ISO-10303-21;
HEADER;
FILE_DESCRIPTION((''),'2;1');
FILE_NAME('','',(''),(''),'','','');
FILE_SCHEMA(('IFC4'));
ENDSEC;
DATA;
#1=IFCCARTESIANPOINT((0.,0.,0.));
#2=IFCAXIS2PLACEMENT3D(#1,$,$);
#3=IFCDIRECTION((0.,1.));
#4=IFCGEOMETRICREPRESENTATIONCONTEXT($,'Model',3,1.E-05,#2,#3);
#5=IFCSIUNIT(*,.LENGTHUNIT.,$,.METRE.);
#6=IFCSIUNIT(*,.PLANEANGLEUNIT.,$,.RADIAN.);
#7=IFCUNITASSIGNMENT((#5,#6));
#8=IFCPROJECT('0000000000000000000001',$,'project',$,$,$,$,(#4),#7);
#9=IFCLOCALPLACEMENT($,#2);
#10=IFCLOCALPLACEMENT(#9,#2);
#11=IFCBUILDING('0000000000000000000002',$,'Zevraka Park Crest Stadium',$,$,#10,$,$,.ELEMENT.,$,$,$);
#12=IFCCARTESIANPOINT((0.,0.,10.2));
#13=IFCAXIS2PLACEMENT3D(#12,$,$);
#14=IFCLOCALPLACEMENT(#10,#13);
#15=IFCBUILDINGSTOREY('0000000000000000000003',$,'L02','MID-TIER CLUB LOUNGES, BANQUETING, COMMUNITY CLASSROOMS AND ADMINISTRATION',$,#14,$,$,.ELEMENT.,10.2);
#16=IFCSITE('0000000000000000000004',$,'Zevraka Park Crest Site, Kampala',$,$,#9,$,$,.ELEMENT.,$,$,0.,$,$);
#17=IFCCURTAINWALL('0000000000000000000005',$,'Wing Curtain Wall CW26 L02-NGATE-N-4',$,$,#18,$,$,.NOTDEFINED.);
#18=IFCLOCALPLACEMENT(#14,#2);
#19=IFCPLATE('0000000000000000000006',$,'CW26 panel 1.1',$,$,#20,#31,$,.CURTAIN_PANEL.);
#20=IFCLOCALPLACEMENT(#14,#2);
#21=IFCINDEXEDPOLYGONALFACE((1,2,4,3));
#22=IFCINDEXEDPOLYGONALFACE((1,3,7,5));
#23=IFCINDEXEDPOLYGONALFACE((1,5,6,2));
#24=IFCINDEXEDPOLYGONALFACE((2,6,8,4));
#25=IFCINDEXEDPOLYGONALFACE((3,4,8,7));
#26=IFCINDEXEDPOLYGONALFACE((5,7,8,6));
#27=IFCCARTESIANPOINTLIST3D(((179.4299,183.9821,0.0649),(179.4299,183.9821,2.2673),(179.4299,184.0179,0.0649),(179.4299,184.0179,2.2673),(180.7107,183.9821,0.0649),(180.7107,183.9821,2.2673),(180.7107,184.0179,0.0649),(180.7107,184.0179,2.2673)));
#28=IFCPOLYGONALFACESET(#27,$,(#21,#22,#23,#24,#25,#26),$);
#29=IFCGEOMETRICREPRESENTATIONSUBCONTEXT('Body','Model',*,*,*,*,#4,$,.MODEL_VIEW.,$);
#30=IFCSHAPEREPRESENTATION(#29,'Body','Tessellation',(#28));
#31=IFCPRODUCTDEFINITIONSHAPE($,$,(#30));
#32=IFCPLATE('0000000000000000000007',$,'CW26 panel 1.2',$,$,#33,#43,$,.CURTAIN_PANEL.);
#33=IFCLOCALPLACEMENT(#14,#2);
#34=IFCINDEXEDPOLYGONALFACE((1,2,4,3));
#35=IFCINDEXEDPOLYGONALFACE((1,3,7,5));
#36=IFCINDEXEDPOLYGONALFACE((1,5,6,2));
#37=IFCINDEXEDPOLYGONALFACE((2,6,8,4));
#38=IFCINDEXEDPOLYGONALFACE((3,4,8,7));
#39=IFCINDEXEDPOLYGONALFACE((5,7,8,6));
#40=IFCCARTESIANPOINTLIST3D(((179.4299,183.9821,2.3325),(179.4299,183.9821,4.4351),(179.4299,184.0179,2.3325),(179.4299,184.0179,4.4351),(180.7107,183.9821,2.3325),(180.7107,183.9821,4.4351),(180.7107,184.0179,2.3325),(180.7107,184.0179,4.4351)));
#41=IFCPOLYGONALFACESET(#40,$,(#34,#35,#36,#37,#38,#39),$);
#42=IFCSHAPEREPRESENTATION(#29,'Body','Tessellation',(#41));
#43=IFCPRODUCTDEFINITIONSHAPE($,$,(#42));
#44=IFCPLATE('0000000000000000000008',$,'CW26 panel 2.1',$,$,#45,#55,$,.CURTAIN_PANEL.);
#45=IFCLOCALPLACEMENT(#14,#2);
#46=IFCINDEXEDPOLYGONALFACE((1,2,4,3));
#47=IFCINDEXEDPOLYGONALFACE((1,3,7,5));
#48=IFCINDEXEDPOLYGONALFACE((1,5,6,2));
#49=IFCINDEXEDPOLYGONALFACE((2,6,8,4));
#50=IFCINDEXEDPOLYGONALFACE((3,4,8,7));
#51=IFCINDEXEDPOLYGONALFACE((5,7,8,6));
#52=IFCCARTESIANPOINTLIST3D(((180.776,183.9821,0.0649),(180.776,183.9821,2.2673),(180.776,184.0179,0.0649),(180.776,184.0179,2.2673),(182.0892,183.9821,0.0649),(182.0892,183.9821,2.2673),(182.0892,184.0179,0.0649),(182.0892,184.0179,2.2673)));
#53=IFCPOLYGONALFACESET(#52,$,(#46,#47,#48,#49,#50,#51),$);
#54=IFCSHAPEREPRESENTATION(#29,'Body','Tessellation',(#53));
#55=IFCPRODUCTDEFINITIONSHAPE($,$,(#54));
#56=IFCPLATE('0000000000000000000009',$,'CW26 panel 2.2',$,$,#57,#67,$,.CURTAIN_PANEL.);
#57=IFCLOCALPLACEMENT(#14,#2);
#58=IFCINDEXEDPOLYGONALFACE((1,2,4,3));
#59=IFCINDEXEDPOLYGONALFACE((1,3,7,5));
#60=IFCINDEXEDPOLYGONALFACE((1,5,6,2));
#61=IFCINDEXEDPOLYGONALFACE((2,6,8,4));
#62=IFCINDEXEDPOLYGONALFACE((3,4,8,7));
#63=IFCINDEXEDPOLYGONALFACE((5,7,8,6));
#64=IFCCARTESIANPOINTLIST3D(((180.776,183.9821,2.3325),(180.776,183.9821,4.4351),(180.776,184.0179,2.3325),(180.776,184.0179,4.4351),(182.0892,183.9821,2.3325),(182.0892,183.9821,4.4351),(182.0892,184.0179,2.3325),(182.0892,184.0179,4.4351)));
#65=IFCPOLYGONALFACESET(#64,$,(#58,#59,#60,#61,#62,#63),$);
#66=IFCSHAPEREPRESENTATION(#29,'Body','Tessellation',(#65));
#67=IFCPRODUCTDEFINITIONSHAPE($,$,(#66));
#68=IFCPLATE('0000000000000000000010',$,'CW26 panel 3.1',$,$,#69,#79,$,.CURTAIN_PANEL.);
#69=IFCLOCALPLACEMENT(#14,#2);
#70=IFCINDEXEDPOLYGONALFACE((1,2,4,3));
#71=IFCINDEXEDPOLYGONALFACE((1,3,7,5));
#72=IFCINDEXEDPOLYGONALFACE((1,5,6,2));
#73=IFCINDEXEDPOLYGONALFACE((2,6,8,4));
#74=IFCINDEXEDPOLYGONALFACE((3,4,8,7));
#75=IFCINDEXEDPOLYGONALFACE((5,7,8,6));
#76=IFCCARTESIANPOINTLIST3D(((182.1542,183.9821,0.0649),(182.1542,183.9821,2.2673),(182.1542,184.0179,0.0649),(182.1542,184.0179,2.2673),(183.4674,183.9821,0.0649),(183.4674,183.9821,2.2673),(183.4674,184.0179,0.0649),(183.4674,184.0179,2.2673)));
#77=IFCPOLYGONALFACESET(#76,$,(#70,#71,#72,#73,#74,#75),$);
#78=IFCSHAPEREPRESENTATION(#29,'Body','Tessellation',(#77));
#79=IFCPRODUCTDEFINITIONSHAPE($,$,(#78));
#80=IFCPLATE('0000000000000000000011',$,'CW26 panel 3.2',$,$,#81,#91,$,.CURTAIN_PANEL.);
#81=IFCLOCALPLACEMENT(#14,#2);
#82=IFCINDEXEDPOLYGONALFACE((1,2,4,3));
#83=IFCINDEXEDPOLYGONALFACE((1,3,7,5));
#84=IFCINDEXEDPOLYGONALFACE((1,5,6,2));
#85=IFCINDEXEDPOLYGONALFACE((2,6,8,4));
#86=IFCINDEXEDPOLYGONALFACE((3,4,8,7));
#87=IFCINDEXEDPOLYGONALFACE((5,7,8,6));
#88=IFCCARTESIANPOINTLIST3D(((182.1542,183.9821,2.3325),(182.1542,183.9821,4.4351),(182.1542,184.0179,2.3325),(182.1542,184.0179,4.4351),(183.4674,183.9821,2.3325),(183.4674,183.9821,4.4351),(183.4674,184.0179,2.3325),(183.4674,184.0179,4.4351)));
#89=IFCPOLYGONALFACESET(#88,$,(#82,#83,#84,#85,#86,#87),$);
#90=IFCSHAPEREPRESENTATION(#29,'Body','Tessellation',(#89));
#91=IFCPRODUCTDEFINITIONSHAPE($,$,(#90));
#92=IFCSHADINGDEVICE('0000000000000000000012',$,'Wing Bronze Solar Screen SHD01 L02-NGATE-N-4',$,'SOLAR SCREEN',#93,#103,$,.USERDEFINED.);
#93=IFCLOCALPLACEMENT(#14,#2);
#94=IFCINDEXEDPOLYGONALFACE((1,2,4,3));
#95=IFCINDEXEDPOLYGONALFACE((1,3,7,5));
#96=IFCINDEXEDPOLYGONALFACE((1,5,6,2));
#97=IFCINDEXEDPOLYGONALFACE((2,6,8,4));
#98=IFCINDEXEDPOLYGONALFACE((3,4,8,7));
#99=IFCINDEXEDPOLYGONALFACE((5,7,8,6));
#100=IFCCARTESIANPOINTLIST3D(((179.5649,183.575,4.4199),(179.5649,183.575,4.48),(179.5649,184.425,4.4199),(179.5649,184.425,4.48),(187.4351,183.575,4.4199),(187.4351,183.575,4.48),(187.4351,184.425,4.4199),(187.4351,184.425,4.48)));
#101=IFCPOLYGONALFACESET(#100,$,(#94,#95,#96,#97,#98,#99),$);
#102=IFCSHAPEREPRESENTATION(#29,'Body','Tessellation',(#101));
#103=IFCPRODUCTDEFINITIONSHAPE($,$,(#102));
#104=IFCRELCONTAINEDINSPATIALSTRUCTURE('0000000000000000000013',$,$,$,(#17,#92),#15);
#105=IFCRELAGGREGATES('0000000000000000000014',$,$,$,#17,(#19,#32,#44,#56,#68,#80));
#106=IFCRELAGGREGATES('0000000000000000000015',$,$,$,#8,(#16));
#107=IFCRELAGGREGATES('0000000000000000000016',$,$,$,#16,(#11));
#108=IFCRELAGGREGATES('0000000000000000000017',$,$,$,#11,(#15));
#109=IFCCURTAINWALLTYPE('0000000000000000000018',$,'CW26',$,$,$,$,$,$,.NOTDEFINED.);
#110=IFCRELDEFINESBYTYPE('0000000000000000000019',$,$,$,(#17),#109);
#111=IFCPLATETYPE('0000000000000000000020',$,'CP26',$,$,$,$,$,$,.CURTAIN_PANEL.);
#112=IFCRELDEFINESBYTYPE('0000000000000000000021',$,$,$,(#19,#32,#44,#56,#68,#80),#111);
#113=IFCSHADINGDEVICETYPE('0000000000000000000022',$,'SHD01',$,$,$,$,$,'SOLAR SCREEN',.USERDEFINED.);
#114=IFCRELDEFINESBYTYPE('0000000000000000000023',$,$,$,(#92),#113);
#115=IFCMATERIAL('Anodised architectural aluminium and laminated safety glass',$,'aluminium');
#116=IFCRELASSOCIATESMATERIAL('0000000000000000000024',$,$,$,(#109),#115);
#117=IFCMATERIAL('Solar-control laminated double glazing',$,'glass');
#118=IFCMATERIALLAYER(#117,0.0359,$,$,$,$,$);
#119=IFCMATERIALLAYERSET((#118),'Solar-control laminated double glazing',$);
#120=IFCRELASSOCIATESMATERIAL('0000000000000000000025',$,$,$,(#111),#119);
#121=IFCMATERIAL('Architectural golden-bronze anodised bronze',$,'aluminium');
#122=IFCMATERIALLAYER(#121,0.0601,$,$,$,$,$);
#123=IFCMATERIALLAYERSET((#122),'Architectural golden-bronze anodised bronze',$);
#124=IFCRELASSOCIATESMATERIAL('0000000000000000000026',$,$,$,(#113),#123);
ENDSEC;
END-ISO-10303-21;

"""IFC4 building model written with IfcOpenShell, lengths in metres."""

from ifc_helpers import new_model, si_unit, direction, frame, origin, origin_2d, place, context, subcontext, project, spatial, rectangle, extrude, material, layer, layer_set, type_object, element, aggregate, save


model = new_model("IFC4")

# Units and contexts
model_context = context("Model", 3, precision=1e-05, world=origin(), true_north=direction((0.0, 1.0)))
body_context = subcontext(model_context, "Body", "Model", "MODEL_VIEW")
ifc_project = project(units=[si_unit("LENGTHUNIT", "METRE"), si_unit("PLANEANGLEUNIT", "RADIAN")], contexts=[model_context])

# Site, building, storey
site_placement = place(None, origin())
site = spatial("IfcSite", under=ifc_project, at=site_placement, Name="Zevraka Park Crest Site, Kampala", CompositionType="ELEMENT", RefElevation=0.0)
building_placement = place(site_placement, origin())
building = spatial("IfcBuilding", under=site, at=building_placement, Name="Zevraka Park Crest Stadium", CompositionType="ELEMENT")
storey_placement = place(building_placement, frame((0.0, 0.0, 10.2)))
storey = spatial("IfcBuildingStorey", under=building, at=storey_placement, Name="L02", Description="MID-TIER CLUB LOUNGES, BANQUETING, COMMUNITY CLASSROOMS AND ADMINISTRATION", CompositionType="ELEMENT", Elevation=10.2)

# Curtain wall, plates
ifc_material_1 = material(Name="Anodised architectural aluminium and laminated safety glass", Category="aluminium")
curtain_wall_type = type_object("IfcCurtainWallType", Name="CW26", PredefinedType="NOTDEFINED", material=ifc_material_1)
curtain_wall_placement = place(storey_placement, origin())
curtain_wall = element("IfcCurtainWall", 1, at=curtain_wall_placement, inside=storey, type_object=curtain_wall_type, Name="Wing Curtain Wall CW26 L02-NGATE-N-4", PredefinedType="NOTDEFINED")
ifc_material_2 = material(Name="Solar-control laminated double glazing", Category="glass")
ifc_layer_1 = layer(ifc_material_2, 0.0359)
ifc_layer_set_1 = layer_set([ifc_layer_1], Name="Solar-control laminated double glazing")
plate_type = type_object("IfcPlateType", Name="CP26", PredefinedType="CURTAIN_PANEL", material=ifc_layer_set_1)
plate_1_placement = place(storey_placement, frame((180.0703, 184.0, 0.0649), z_axis=(0.0, 0.0, 1.0), x_axis=(1.0, 0.0, 0.0)))
plate_1 = element("IfcPlate", 2, at=plate_1_placement, type_object=plate_type, Name="CW26 panel 1.1", PredefinedType="CURTAIN_PANEL", context=body_context, shape_type="SweptSolid", body=[
    extrude(rectangle(XDim=1.2808, YDim=0.0359, at=origin_2d()), origin(), (0.0, 0.0, 1.0), 2.2024),
])
plate_2_placement = place(storey_placement, frame((180.0703, 184.0, 2.3325), z_axis=(0.0, 0.0, 1.0), x_axis=(1.0, 0.0, 0.0)))
plate_2 = element("IfcPlate", 3, at=plate_2_placement, type_object=plate_type, Name="CW26 panel 1.2", PredefinedType="CURTAIN_PANEL", context=body_context, shape_type="SweptSolid", body=[
    extrude(rectangle(XDim=1.2808, YDim=0.0359, at=origin_2d()), origin(), (0.0, 0.0, 1.0), 2.1025),
])
plate_3_placement = place(storey_placement, frame((181.4326, 184.0, 0.0649), z_axis=(0.0, 0.0, 1.0), x_axis=(1.0, 0.0, 0.0)))
plate_3 = element("IfcPlate", 4, at=plate_3_placement, type_object=plate_type, Name="CW26 panel 2.1", PredefinedType="CURTAIN_PANEL", context=body_context, shape_type="SweptSolid", body=[
    extrude(rectangle(XDim=1.3132, YDim=0.0359, at=origin_2d()), origin(), (0.0, 0.0, 1.0), 2.2024),
])
plate_4_placement = place(storey_placement, frame((181.4326, 184.0, 2.3325), z_axis=(0.0, 0.0, 1.0), x_axis=(1.0, 0.0, 0.0)))
plate_4 = element("IfcPlate", 5, at=plate_4_placement, type_object=plate_type, Name="CW26 panel 2.2", PredefinedType="CURTAIN_PANEL", context=body_context, shape_type="SweptSolid", body=[
    extrude(rectangle(XDim=1.3132, YDim=0.0359, at=origin_2d()), origin(), (0.0, 0.0, 1.0), 2.1025),
])
plate_5_placement = place(storey_placement, frame((182.8108, 184.0, 0.0649), z_axis=(0.0, 0.0, 1.0), x_axis=(1.0, 0.0, 0.0)))
plate_5 = element("IfcPlate", 6, at=plate_5_placement, type_object=plate_type, Name="CW26 panel 3.1", PredefinedType="CURTAIN_PANEL", context=body_context, shape_type="SweptSolid", body=[
    extrude(rectangle(XDim=1.3132, YDim=0.0359, at=origin_2d()), origin(), (0.0, 0.0, 1.0), 2.2024),
])
plate_6_placement = place(storey_placement, frame((182.8108, 184.0, 2.3325), z_axis=(0.0, 0.0, 1.0), x_axis=(1.0, 0.0, 0.0)))
plate_6 = element("IfcPlate", 7, at=plate_6_placement, type_object=plate_type, Name="CW26 panel 3.2", PredefinedType="CURTAIN_PANEL", context=body_context, shape_type="SweptSolid", body=[
    extrude(rectangle(XDim=1.3132, YDim=0.0359, at=origin_2d()), origin(), (0.0, 0.0, 1.0), 2.1025),
])
aggregate(curtain_wall, [plate_1, plate_2, plate_3, plate_4, plate_5, plate_6])

# Shading device
ifc_material_3 = material(Name="Architectural golden-bronze anodised bronze", Category="aluminium")
ifc_layer_2 = layer(ifc_material_3, 0.0601)
ifc_layer_set_2 = layer_set([ifc_layer_2], Name="Architectural golden-bronze anodised bronze")
shading_device_type = type_object("IfcShadingDeviceType", Name="SHD01", ElementType="SOLAR SCREEN", PredefinedType="USERDEFINED", material=ifc_layer_set_2)
shading_device_placement = place(storey_placement, frame((183.5, 184.0, 4.4199), z_axis=(0.0, 0.0, 1.0), x_axis=(1.0, 0.0, 0.0)))
element("IfcShadingDevice", 8, at=shading_device_placement, inside=storey, type_object=shading_device_type, Name="Wing Bronze Solar Screen SHD01 L02-NGATE-N-4", ObjectType="SOLAR SCREEN", PredefinedType="USERDEFINED", context=body_context, shape_type="SweptSolid", body=[
    extrude(rectangle(XDim=7.8701, YDim=0.8501, at=origin_2d()), origin(), (0.0, 0.0, 1.0), 0.0601),
])

save(model, "model.ifc")
